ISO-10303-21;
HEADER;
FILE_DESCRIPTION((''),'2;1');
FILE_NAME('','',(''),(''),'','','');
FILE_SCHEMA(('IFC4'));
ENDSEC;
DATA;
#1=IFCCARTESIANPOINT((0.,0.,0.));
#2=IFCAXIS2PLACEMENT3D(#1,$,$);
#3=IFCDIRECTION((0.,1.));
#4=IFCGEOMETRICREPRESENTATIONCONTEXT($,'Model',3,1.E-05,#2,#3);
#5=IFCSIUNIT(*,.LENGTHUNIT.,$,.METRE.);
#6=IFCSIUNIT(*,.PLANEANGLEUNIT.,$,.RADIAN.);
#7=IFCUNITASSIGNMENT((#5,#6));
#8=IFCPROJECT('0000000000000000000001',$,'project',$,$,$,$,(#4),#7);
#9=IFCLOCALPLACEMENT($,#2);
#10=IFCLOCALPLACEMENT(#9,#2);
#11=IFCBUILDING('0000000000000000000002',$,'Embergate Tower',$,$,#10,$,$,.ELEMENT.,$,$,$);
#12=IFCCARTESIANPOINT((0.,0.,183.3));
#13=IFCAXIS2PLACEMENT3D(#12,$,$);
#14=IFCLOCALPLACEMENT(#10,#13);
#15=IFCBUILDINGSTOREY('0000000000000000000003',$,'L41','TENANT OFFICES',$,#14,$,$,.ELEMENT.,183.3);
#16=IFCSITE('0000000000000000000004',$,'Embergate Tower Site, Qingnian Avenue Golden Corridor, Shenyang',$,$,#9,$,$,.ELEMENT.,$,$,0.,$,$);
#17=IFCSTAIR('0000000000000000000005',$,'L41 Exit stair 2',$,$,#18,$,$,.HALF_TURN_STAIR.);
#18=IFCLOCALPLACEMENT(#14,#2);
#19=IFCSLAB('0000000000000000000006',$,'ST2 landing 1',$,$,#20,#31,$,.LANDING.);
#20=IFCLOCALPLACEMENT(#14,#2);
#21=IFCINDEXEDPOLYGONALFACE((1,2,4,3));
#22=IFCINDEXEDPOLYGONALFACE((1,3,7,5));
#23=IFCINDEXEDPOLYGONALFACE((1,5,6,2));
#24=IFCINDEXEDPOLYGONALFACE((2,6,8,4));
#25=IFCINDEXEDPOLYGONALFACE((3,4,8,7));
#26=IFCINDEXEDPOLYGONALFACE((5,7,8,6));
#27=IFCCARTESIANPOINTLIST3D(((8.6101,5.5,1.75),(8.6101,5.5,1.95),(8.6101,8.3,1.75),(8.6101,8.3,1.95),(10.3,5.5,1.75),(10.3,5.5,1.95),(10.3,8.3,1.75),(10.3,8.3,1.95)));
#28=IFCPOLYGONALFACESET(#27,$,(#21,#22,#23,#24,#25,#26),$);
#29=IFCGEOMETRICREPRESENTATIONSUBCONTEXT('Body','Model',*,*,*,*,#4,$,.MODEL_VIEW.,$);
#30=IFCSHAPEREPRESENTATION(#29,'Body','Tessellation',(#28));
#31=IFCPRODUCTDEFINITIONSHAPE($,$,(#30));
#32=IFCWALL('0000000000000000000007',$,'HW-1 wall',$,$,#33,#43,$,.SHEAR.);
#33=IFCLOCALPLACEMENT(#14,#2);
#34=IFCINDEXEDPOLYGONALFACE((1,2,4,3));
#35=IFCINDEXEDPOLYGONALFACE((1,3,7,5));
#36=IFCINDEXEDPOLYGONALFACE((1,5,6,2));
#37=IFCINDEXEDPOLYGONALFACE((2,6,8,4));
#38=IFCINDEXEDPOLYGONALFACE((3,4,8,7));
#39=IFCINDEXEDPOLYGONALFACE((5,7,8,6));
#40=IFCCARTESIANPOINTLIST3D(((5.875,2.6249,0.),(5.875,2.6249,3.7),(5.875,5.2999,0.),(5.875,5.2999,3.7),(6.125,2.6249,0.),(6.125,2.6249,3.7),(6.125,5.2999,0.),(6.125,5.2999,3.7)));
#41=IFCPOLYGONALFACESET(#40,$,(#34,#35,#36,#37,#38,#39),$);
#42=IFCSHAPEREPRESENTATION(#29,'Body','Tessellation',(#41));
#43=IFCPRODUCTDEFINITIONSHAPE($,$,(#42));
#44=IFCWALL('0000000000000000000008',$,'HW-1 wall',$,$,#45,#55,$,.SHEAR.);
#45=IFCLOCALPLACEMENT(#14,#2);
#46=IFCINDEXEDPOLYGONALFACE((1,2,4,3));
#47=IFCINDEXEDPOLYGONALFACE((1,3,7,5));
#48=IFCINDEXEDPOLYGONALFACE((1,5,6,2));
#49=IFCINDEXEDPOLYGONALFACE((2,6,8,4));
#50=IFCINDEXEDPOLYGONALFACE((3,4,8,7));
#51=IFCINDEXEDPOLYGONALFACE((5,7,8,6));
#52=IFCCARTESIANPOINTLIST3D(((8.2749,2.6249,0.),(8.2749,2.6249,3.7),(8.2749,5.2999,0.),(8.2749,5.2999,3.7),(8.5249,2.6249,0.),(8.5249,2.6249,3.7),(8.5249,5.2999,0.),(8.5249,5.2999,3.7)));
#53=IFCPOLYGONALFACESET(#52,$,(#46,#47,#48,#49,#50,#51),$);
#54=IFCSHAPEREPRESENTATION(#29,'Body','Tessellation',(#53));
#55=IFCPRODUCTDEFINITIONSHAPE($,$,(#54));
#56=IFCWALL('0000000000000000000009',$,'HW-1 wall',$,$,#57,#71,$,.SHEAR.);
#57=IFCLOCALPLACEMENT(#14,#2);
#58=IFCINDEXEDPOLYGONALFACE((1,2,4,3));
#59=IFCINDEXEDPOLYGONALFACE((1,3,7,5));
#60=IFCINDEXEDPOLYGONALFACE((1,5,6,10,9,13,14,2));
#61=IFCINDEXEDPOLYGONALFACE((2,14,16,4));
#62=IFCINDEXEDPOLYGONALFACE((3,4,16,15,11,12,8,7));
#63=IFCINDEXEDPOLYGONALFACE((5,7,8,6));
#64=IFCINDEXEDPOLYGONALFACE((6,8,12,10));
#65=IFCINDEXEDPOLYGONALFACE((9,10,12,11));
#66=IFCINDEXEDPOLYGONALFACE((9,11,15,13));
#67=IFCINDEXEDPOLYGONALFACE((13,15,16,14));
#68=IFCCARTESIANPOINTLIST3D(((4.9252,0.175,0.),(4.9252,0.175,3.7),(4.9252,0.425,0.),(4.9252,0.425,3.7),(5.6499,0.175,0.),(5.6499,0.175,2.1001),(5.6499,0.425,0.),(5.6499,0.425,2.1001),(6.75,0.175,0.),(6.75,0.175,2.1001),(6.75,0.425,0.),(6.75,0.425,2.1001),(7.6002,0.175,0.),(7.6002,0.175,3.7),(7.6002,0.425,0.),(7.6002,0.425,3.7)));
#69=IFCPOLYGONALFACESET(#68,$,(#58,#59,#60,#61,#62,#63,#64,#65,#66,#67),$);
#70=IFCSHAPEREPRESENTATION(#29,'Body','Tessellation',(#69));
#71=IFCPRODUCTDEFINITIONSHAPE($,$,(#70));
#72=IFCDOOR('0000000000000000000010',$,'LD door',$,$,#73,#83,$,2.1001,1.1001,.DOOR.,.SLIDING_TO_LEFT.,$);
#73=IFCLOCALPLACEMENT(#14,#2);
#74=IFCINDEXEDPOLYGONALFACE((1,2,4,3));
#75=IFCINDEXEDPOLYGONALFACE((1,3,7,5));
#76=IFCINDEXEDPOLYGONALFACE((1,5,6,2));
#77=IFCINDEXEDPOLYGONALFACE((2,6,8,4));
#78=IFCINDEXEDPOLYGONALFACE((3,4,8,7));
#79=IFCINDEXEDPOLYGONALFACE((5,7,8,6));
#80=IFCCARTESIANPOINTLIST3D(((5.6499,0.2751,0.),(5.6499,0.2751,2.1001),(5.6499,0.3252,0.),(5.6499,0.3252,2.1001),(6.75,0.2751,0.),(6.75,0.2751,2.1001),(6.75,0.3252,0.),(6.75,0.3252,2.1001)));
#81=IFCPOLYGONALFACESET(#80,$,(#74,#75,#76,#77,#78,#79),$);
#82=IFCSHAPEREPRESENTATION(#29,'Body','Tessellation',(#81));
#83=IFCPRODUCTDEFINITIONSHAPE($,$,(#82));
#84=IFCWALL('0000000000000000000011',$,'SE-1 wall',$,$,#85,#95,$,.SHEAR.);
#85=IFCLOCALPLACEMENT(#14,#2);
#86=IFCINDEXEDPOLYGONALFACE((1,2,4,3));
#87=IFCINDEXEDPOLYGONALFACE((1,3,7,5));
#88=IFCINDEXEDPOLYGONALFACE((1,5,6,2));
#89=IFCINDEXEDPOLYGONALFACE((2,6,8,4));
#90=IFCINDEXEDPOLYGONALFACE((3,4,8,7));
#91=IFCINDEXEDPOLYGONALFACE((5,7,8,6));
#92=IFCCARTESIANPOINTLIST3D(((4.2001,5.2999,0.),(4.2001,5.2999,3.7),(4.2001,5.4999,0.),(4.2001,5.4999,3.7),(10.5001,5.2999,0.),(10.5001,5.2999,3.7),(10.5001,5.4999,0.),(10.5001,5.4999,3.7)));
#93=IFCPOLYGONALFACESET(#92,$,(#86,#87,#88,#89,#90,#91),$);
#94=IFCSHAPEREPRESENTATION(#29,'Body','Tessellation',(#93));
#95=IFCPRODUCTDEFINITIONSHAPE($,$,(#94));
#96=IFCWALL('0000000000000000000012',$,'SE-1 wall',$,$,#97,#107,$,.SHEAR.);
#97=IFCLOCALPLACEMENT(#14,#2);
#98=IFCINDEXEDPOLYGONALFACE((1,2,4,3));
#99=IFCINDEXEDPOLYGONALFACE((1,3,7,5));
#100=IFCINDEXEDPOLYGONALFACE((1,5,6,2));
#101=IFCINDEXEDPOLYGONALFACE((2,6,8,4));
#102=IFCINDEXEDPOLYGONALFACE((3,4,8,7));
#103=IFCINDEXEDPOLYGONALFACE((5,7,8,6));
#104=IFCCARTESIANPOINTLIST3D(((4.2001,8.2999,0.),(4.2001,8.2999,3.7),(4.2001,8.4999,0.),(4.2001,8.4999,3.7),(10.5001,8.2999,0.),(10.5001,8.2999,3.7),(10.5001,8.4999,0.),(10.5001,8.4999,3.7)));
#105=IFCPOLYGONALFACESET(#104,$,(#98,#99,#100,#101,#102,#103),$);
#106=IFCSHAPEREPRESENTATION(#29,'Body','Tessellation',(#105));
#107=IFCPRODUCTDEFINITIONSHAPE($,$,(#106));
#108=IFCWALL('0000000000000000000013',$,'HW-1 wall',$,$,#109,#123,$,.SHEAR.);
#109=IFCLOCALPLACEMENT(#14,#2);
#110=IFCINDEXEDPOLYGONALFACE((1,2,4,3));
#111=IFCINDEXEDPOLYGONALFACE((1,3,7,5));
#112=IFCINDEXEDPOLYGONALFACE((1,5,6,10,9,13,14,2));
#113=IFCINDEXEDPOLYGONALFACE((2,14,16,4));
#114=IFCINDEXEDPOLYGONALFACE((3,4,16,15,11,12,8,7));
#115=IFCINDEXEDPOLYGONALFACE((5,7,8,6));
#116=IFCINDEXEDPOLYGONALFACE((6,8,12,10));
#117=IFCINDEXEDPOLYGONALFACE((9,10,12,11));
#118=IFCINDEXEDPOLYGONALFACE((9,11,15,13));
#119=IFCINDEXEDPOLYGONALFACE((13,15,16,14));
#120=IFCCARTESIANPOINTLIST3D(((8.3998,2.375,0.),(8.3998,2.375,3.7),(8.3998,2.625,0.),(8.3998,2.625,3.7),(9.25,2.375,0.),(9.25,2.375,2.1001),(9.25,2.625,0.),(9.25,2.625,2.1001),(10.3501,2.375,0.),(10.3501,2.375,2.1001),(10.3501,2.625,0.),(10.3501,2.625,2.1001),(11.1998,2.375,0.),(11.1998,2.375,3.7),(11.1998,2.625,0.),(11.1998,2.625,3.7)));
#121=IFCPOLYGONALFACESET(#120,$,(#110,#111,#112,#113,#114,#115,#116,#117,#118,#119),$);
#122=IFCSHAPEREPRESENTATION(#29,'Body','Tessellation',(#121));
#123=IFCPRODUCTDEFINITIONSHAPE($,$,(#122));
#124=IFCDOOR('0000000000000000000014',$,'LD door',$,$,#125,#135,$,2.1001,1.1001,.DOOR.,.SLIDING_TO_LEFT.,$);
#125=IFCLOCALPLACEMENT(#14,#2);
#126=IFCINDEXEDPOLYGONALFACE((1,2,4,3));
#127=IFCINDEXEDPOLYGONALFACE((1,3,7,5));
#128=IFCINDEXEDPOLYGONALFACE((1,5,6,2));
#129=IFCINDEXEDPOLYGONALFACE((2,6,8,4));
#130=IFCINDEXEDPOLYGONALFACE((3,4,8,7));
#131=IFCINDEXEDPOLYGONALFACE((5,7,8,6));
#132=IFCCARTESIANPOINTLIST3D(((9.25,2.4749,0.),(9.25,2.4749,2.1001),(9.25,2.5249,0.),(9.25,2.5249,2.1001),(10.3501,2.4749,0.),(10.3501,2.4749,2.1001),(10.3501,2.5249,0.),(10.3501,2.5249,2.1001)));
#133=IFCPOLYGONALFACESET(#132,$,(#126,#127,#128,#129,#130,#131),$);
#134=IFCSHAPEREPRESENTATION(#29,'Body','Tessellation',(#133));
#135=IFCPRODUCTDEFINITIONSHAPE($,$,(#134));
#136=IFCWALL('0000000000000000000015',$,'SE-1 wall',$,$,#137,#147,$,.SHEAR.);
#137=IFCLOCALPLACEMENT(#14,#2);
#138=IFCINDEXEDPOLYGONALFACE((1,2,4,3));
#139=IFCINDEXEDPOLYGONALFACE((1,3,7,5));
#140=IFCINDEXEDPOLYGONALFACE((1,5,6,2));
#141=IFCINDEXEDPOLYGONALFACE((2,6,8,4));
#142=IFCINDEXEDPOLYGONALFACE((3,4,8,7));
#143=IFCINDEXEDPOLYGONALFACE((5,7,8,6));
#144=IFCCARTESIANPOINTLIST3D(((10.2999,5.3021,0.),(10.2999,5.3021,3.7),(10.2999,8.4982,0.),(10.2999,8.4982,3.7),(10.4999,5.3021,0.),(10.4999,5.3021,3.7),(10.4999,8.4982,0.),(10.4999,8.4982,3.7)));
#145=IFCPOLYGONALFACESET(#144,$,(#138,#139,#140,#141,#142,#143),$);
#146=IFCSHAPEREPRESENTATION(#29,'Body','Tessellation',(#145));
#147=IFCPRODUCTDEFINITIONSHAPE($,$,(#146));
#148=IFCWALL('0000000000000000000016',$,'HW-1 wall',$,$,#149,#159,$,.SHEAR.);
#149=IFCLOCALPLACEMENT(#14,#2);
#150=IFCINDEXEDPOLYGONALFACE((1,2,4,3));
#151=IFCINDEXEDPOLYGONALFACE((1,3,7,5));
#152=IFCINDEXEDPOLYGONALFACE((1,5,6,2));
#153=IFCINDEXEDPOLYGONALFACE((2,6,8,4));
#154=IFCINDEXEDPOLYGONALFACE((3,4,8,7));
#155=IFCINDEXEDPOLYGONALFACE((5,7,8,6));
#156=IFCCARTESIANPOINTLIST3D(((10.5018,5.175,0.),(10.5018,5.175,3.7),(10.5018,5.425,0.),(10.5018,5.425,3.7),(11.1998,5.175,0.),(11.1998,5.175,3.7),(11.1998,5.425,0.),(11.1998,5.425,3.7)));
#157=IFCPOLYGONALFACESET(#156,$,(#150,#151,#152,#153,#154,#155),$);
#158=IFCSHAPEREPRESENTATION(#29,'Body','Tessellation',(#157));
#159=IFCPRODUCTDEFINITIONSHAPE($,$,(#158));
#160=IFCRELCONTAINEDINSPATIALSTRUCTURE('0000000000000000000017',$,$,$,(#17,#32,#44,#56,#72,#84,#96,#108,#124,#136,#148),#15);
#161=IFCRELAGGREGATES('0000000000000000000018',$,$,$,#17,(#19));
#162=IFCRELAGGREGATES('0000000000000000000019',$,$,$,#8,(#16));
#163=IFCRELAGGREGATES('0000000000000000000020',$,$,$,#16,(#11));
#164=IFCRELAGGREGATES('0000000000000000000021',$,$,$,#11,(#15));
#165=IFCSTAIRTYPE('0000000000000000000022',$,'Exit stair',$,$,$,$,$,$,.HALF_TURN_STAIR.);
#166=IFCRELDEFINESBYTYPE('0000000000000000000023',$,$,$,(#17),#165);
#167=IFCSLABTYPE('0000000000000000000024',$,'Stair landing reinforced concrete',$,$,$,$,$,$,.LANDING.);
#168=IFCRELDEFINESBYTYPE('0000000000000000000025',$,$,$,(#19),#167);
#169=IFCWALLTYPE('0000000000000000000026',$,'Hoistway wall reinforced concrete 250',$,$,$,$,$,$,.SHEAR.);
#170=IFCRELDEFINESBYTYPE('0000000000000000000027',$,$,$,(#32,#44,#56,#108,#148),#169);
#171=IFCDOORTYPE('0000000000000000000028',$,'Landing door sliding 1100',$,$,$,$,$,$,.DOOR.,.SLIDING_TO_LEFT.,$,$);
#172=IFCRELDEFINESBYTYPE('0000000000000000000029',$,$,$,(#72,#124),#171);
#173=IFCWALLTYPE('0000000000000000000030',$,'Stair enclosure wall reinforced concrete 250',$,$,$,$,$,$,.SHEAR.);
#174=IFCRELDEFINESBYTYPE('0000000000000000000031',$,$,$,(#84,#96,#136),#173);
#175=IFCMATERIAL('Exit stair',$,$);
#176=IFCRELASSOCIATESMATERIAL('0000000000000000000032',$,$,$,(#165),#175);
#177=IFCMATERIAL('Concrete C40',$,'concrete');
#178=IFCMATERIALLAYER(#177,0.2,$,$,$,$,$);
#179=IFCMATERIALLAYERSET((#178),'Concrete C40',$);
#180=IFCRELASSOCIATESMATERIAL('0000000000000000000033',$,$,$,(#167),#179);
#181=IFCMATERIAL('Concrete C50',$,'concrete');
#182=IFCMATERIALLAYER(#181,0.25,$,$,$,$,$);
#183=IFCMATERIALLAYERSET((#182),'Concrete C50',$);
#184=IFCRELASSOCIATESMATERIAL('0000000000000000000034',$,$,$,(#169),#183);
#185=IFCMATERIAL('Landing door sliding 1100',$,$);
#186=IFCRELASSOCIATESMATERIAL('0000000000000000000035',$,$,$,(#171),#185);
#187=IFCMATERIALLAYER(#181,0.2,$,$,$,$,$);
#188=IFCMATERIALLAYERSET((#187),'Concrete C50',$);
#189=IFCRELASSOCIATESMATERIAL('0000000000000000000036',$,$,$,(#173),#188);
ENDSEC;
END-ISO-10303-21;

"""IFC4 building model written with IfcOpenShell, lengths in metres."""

from ifc_helpers import new_model, si_unit, direction, frame, frame_2d, origin, place, context, subcontext, project, spatial, polyline, rectangle, outline, extrude, source, transform, mapped, material, layer, layer_set, type_object, element, fill, aggregate, save


model = new_model("IFC4")

# Units and contexts
model_context = context("Model", 3, precision=1e-05, world=origin(), true_north=direction((0.0, 1.0)))
body_context = subcontext(model_context, "Body", "Model", "MODEL_VIEW")
ifc_project = project(units=[si_unit("LENGTHUNIT", "METRE"), si_unit("PLANEANGLEUNIT", "RADIAN")], contexts=[model_context])

# Site, building, storey
site_placement = place(None, origin())
site = spatial("IfcSite", under=ifc_project, at=site_placement, Name="Embergate Tower Site, Qingnian Avenue Golden Corridor, Shenyang", CompositionType="ELEMENT", RefElevation=0.0)
building_placement = place(site_placement, origin())
building = spatial("IfcBuilding", under=site, at=building_placement, Name="Embergate Tower", CompositionType="ELEMENT")
storey_placement = place(building_placement, frame((0.0, 0.0, 183.3)))
storey = spatial("IfcBuildingStorey", under=building, at=storey_placement, Name="L41", Description="TENANT OFFICES", CompositionType="ELEMENT", Elevation=183.3)

# Stair, slab
ifc_material_1 = material(Name="Exit stair")
stair_type = type_object("IfcStairType", Name="Exit stair", PredefinedType="HALF_TURN_STAIR", material=ifc_material_1)
stair_placement = place(storey_placement, origin())
stair = element("IfcStair", 1, at=stair_placement, inside=storey, type_object=stair_type, Name="L41 Exit stair 2", PredefinedType="HALF_TURN_STAIR")
ifc_material_2 = material(Name="Concrete C40", Category="concrete")
ifc_layer_1 = layer(ifc_material_2, 0.2)
ifc_layer_set_1 = layer_set([ifc_layer_1], Name="Concrete C40")
slab_type = type_object("IfcSlabType", Name="Stair landing reinforced concrete", PredefinedType="LANDING", material=ifc_layer_set_1)
shared_shape_1 = source(origin(), body_context, "Body", "SweptSolid", [
    extrude(outline(polyline([(0.0, 0.0), (1.6899, 0.0), (1.6899, 2.8), (0.0, 2.8), (0.0, 0.0)])), origin(), (0.0, 0.0, 1.0), 0.2),
])
slab_placement = place(storey_placement, frame((8.6101, 5.5, 1.75)))
slab = element("IfcSlab", 2, at=slab_placement, type_object=slab_type, Name="ST2 landing 1", PredefinedType="LANDING", context=body_context, shape_type="MappedRepresentation", body=[
    mapped(shared_shape_1, transform((0.0, 0.0, 0.0))),
])

# Walls
ifc_material_3 = material(Name="Concrete C50", Category="concrete")
ifc_layer_2 = layer(ifc_material_3, 0.25)
ifc_layer_set_2 = layer_set([ifc_layer_2], Name="Concrete C50")
wall_type_1 = type_object("IfcWallType", Name="Hoistway wall reinforced concrete 250", PredefinedType="SHEAR", material=ifc_layer_set_2)
shared_shape_2 = source(origin(), body_context, "Body", "SweptSolid", [
    extrude(rectangle(XDim=2.675, YDim=0.25, at=frame_2d((1.3374, 0.0))), origin(), (0.0, 0.0, 1.0), 3.7),
])
for number, where, z_axis, x_axis, name in (
    (3, (6.0, 2.625, 0.0), (0.0, 0.0, 1.0), (0.0, 1.0, 0.0), "HW-1 wall"),
    (4, (8.3999, 2.625, 0.0), (0.0, 0.0, 1.0), (0.0, 1.0, 0.0), "HW-1 wall"),
):
    element("IfcWall", number, at=place(storey_placement, frame(where, z_axis=z_axis, x_axis=x_axis)), inside=storey, type_object=wall_type_1, Name=name, PredefinedType="SHEAR", context=body_context, shape_type="MappedRepresentation", body=[
        mapped(shared_shape_2, transform((0.0, 0.0, 0.0))),
    ])

# Wall, opening, door
wall_1_placement = place(storey_placement, frame((7.6001, 0.3, 0.0), z_axis=(0.0, 0.0, 1.0), x_axis=(-1.0, 0.0, 0.0)))
wall_1 = element("IfcWall", 5, at=wall_1_placement, inside=storey, type_object=wall_type_1, Name="HW-1 wall", PredefinedType="SHEAR", context=body_context, shape_type="MappedRepresentation", body=[
    mapped(shared_shape_2, transform((0.0, 0.0, 0.0))),
])
shared_shape_3 = source(origin(), body_context, "Body", "SweptSolid", [
    extrude(rectangle(XDim=1.1001, YDim=2.1001, at=frame_2d((0.55, 1.05))), frame((0.0, 0.135, 0.0), z_axis=(0.0, -1.0, 0.0), x_axis=(1.0, 0.0, 0.0)), (0.0, 0.0, 1.0), 0.27),
])
opening_1_placement = place(wall_1_placement, frame((0.8501, 0.0, 0.0)))
opening_1 = element("IfcOpeningElement", 6, at=opening_1_placement, cuts=wall_1, PredefinedType="OPENING", context=body_context, shape_type="MappedRepresentation", body=[
    mapped(shared_shape_3, transform((0.0, 0.0, 0.0))),
])
ifc_material_4 = material(Name="Landing door sliding 1100")
door_type_1 = type_object("IfcDoorType", Name="Landing door sliding 1100", OperationType="SLIDING_TO_LEFT", PredefinedType="DOOR", material=ifc_material_4)
shared_shape_4 = source(origin(), body_context, "Body", "SweptSolid", [
    extrude(rectangle(XDim=1.1001, YDim=2.1001, at=frame_2d((0.55, 1.05))), frame((0.0, 0.0249, 0.0), z_axis=(0.0, -1.0, 0.0), x_axis=(1.0, 0.0, 0.0)), (0.0, 0.0, 1.0), 0.05),
])
door_1_placement = place(opening_1_placement, origin())
door_1 = element("IfcDoor", 7, at=door_1_placement, inside=storey, type_object=door_type_1, Name="LD door", OperationType="SLIDING_TO_LEFT", OverallHeight=2.1001, OverallWidth=1.1001, PredefinedType="DOOR", context=body_context, shape_type="MappedRepresentation", body=[
    mapped(shared_shape_4, transform((0.0, 0.0, 0.0))),
])
fill(opening_1, door_1)

# Walls
ifc_layer_3 = layer(ifc_material_3, 0.2)
ifc_layer_set_3 = layer_set([ifc_layer_3], Name="Concrete C50")
wall_type_2 = type_object("IfcWallType", Name="Stair enclosure wall reinforced concrete 250", PredefinedType="SHEAR", material=ifc_layer_set_3)
shared_shape_5 = source(origin(), body_context, "Body", "SweptSolid", [
    extrude(rectangle(XDim=6.3, YDim=0.2, at=frame_2d((3.1499, 0.0))), origin(), (0.0, 0.0, 1.0), 3.7),
])
for number, where, z_axis, x_axis, name in (
    (8, (10.5, 5.3999, 0.0), (0.0, 0.0, 1.0), (-1.0, 0.0, 0.0), "SE-1 wall"),
    (9, (10.5, 8.3999, 0.0), (0.0, 0.0, 1.0), (-1.0, 0.0, 0.0), "SE-1 wall"),
):
    element("IfcWall", number, at=place(storey_placement, frame(where, z_axis=z_axis, x_axis=x_axis)), inside=storey, type_object=wall_type_2, Name=name, PredefinedType="SHEAR", context=body_context, shape_type="MappedRepresentation", body=[
        mapped(shared_shape_5, transform((0.0, 0.0, 0.0))),
    ])

# Wall, opening, door
shared_shape_6 = source(origin(), body_context, "Body", "SweptSolid", [
    extrude(rectangle(XDim=2.8, YDim=0.25, at=frame_2d((1.3999, 0.0))), origin(), (0.0, 0.0, 1.0), 3.7),
])
wall_2_placement = place(storey_placement, frame((8.3999, 2.5, 0.0), z_axis=(0.0, 0.0, 1.0), x_axis=(1.0, 0.0, 0.0)))
wall_2 = element("IfcWall", 10, at=wall_2_placement, inside=storey, type_object=wall_type_1, Name="HW-1 wall", PredefinedType="SHEAR", context=body_context, shape_type="MappedRepresentation", body=[
    mapped(shared_shape_6, transform((0.0, 0.0, 0.0))),
])
opening_2_placement = place(wall_2_placement, frame((0.8501, 0.0, 0.0)))
opening_2 = element("IfcOpeningElement", 11, at=opening_2_placement, cuts=wall_2, PredefinedType="OPENING", context=body_context, shape_type="MappedRepresentation", body=[
    mapped(shared_shape_3, transform((0.0, 0.0, 0.0))),
])
door_2_placement = place(opening_2_placement, origin())
door_2 = element("IfcDoor", 12, at=door_2_placement, inside=storey, type_object=door_type_1, Name="LD door", OperationType="SLIDING_TO_LEFT", OverallHeight=2.1001, OverallWidth=1.1001, PredefinedType="DOOR", context=body_context, shape_type="MappedRepresentation", body=[
    mapped(shared_shape_4, transform((0.0, 0.0, 0.0))),
])
fill(opening_2, door_2)

# Walls
shared_shape_7 = source(origin(), body_context, "Body", "SweptSolid", [
    extrude(rectangle(XDim=3.196, YDim=0.2, at=frame_2d((1.5981, 0.0))), origin(), (0.0, 0.0, 1.0), 3.7),
])
wall_3_placement = place(storey_placement, frame((10.3999, 5.302, 0.0), z_axis=(0.0, 0.0, 1.0), x_axis=(0.0, 1.0, 0.0)))
element("IfcWall", 13, at=wall_3_placement, inside=storey, type_object=wall_type_2, Name="SE-1 wall", PredefinedType="SHEAR", context=body_context, shape_type="MappedRepresentation", body=[
    mapped(shared_shape_7, transform((0.0, 0.0, 0.0))),
])
shared_shape_8 = source(origin(), body_context, "Body", "SweptSolid", [
    extrude(rectangle(XDim=0.698, YDim=0.25, at=frame_2d((0.3491, 0.0))), origin(), (0.0, 0.0, 1.0), 3.7),
])
wall_4_placement = place(storey_placement, frame((11.2, 5.3, 0.0), z_axis=(0.0, 0.0, 1.0), x_axis=(-1.0, 0.0, 0.0)))
element("IfcWall", 14, at=wall_4_placement, inside=storey, type_object=wall_type_1, Name="HW-1 wall", PredefinedType="SHEAR", context=body_context, shape_type="MappedRepresentation", body=[
    mapped(shared_shape_8, transform((0.0, 0.0, 0.0))),
])

aggregate(stair, [slab])

save(model, "model.ifc")
